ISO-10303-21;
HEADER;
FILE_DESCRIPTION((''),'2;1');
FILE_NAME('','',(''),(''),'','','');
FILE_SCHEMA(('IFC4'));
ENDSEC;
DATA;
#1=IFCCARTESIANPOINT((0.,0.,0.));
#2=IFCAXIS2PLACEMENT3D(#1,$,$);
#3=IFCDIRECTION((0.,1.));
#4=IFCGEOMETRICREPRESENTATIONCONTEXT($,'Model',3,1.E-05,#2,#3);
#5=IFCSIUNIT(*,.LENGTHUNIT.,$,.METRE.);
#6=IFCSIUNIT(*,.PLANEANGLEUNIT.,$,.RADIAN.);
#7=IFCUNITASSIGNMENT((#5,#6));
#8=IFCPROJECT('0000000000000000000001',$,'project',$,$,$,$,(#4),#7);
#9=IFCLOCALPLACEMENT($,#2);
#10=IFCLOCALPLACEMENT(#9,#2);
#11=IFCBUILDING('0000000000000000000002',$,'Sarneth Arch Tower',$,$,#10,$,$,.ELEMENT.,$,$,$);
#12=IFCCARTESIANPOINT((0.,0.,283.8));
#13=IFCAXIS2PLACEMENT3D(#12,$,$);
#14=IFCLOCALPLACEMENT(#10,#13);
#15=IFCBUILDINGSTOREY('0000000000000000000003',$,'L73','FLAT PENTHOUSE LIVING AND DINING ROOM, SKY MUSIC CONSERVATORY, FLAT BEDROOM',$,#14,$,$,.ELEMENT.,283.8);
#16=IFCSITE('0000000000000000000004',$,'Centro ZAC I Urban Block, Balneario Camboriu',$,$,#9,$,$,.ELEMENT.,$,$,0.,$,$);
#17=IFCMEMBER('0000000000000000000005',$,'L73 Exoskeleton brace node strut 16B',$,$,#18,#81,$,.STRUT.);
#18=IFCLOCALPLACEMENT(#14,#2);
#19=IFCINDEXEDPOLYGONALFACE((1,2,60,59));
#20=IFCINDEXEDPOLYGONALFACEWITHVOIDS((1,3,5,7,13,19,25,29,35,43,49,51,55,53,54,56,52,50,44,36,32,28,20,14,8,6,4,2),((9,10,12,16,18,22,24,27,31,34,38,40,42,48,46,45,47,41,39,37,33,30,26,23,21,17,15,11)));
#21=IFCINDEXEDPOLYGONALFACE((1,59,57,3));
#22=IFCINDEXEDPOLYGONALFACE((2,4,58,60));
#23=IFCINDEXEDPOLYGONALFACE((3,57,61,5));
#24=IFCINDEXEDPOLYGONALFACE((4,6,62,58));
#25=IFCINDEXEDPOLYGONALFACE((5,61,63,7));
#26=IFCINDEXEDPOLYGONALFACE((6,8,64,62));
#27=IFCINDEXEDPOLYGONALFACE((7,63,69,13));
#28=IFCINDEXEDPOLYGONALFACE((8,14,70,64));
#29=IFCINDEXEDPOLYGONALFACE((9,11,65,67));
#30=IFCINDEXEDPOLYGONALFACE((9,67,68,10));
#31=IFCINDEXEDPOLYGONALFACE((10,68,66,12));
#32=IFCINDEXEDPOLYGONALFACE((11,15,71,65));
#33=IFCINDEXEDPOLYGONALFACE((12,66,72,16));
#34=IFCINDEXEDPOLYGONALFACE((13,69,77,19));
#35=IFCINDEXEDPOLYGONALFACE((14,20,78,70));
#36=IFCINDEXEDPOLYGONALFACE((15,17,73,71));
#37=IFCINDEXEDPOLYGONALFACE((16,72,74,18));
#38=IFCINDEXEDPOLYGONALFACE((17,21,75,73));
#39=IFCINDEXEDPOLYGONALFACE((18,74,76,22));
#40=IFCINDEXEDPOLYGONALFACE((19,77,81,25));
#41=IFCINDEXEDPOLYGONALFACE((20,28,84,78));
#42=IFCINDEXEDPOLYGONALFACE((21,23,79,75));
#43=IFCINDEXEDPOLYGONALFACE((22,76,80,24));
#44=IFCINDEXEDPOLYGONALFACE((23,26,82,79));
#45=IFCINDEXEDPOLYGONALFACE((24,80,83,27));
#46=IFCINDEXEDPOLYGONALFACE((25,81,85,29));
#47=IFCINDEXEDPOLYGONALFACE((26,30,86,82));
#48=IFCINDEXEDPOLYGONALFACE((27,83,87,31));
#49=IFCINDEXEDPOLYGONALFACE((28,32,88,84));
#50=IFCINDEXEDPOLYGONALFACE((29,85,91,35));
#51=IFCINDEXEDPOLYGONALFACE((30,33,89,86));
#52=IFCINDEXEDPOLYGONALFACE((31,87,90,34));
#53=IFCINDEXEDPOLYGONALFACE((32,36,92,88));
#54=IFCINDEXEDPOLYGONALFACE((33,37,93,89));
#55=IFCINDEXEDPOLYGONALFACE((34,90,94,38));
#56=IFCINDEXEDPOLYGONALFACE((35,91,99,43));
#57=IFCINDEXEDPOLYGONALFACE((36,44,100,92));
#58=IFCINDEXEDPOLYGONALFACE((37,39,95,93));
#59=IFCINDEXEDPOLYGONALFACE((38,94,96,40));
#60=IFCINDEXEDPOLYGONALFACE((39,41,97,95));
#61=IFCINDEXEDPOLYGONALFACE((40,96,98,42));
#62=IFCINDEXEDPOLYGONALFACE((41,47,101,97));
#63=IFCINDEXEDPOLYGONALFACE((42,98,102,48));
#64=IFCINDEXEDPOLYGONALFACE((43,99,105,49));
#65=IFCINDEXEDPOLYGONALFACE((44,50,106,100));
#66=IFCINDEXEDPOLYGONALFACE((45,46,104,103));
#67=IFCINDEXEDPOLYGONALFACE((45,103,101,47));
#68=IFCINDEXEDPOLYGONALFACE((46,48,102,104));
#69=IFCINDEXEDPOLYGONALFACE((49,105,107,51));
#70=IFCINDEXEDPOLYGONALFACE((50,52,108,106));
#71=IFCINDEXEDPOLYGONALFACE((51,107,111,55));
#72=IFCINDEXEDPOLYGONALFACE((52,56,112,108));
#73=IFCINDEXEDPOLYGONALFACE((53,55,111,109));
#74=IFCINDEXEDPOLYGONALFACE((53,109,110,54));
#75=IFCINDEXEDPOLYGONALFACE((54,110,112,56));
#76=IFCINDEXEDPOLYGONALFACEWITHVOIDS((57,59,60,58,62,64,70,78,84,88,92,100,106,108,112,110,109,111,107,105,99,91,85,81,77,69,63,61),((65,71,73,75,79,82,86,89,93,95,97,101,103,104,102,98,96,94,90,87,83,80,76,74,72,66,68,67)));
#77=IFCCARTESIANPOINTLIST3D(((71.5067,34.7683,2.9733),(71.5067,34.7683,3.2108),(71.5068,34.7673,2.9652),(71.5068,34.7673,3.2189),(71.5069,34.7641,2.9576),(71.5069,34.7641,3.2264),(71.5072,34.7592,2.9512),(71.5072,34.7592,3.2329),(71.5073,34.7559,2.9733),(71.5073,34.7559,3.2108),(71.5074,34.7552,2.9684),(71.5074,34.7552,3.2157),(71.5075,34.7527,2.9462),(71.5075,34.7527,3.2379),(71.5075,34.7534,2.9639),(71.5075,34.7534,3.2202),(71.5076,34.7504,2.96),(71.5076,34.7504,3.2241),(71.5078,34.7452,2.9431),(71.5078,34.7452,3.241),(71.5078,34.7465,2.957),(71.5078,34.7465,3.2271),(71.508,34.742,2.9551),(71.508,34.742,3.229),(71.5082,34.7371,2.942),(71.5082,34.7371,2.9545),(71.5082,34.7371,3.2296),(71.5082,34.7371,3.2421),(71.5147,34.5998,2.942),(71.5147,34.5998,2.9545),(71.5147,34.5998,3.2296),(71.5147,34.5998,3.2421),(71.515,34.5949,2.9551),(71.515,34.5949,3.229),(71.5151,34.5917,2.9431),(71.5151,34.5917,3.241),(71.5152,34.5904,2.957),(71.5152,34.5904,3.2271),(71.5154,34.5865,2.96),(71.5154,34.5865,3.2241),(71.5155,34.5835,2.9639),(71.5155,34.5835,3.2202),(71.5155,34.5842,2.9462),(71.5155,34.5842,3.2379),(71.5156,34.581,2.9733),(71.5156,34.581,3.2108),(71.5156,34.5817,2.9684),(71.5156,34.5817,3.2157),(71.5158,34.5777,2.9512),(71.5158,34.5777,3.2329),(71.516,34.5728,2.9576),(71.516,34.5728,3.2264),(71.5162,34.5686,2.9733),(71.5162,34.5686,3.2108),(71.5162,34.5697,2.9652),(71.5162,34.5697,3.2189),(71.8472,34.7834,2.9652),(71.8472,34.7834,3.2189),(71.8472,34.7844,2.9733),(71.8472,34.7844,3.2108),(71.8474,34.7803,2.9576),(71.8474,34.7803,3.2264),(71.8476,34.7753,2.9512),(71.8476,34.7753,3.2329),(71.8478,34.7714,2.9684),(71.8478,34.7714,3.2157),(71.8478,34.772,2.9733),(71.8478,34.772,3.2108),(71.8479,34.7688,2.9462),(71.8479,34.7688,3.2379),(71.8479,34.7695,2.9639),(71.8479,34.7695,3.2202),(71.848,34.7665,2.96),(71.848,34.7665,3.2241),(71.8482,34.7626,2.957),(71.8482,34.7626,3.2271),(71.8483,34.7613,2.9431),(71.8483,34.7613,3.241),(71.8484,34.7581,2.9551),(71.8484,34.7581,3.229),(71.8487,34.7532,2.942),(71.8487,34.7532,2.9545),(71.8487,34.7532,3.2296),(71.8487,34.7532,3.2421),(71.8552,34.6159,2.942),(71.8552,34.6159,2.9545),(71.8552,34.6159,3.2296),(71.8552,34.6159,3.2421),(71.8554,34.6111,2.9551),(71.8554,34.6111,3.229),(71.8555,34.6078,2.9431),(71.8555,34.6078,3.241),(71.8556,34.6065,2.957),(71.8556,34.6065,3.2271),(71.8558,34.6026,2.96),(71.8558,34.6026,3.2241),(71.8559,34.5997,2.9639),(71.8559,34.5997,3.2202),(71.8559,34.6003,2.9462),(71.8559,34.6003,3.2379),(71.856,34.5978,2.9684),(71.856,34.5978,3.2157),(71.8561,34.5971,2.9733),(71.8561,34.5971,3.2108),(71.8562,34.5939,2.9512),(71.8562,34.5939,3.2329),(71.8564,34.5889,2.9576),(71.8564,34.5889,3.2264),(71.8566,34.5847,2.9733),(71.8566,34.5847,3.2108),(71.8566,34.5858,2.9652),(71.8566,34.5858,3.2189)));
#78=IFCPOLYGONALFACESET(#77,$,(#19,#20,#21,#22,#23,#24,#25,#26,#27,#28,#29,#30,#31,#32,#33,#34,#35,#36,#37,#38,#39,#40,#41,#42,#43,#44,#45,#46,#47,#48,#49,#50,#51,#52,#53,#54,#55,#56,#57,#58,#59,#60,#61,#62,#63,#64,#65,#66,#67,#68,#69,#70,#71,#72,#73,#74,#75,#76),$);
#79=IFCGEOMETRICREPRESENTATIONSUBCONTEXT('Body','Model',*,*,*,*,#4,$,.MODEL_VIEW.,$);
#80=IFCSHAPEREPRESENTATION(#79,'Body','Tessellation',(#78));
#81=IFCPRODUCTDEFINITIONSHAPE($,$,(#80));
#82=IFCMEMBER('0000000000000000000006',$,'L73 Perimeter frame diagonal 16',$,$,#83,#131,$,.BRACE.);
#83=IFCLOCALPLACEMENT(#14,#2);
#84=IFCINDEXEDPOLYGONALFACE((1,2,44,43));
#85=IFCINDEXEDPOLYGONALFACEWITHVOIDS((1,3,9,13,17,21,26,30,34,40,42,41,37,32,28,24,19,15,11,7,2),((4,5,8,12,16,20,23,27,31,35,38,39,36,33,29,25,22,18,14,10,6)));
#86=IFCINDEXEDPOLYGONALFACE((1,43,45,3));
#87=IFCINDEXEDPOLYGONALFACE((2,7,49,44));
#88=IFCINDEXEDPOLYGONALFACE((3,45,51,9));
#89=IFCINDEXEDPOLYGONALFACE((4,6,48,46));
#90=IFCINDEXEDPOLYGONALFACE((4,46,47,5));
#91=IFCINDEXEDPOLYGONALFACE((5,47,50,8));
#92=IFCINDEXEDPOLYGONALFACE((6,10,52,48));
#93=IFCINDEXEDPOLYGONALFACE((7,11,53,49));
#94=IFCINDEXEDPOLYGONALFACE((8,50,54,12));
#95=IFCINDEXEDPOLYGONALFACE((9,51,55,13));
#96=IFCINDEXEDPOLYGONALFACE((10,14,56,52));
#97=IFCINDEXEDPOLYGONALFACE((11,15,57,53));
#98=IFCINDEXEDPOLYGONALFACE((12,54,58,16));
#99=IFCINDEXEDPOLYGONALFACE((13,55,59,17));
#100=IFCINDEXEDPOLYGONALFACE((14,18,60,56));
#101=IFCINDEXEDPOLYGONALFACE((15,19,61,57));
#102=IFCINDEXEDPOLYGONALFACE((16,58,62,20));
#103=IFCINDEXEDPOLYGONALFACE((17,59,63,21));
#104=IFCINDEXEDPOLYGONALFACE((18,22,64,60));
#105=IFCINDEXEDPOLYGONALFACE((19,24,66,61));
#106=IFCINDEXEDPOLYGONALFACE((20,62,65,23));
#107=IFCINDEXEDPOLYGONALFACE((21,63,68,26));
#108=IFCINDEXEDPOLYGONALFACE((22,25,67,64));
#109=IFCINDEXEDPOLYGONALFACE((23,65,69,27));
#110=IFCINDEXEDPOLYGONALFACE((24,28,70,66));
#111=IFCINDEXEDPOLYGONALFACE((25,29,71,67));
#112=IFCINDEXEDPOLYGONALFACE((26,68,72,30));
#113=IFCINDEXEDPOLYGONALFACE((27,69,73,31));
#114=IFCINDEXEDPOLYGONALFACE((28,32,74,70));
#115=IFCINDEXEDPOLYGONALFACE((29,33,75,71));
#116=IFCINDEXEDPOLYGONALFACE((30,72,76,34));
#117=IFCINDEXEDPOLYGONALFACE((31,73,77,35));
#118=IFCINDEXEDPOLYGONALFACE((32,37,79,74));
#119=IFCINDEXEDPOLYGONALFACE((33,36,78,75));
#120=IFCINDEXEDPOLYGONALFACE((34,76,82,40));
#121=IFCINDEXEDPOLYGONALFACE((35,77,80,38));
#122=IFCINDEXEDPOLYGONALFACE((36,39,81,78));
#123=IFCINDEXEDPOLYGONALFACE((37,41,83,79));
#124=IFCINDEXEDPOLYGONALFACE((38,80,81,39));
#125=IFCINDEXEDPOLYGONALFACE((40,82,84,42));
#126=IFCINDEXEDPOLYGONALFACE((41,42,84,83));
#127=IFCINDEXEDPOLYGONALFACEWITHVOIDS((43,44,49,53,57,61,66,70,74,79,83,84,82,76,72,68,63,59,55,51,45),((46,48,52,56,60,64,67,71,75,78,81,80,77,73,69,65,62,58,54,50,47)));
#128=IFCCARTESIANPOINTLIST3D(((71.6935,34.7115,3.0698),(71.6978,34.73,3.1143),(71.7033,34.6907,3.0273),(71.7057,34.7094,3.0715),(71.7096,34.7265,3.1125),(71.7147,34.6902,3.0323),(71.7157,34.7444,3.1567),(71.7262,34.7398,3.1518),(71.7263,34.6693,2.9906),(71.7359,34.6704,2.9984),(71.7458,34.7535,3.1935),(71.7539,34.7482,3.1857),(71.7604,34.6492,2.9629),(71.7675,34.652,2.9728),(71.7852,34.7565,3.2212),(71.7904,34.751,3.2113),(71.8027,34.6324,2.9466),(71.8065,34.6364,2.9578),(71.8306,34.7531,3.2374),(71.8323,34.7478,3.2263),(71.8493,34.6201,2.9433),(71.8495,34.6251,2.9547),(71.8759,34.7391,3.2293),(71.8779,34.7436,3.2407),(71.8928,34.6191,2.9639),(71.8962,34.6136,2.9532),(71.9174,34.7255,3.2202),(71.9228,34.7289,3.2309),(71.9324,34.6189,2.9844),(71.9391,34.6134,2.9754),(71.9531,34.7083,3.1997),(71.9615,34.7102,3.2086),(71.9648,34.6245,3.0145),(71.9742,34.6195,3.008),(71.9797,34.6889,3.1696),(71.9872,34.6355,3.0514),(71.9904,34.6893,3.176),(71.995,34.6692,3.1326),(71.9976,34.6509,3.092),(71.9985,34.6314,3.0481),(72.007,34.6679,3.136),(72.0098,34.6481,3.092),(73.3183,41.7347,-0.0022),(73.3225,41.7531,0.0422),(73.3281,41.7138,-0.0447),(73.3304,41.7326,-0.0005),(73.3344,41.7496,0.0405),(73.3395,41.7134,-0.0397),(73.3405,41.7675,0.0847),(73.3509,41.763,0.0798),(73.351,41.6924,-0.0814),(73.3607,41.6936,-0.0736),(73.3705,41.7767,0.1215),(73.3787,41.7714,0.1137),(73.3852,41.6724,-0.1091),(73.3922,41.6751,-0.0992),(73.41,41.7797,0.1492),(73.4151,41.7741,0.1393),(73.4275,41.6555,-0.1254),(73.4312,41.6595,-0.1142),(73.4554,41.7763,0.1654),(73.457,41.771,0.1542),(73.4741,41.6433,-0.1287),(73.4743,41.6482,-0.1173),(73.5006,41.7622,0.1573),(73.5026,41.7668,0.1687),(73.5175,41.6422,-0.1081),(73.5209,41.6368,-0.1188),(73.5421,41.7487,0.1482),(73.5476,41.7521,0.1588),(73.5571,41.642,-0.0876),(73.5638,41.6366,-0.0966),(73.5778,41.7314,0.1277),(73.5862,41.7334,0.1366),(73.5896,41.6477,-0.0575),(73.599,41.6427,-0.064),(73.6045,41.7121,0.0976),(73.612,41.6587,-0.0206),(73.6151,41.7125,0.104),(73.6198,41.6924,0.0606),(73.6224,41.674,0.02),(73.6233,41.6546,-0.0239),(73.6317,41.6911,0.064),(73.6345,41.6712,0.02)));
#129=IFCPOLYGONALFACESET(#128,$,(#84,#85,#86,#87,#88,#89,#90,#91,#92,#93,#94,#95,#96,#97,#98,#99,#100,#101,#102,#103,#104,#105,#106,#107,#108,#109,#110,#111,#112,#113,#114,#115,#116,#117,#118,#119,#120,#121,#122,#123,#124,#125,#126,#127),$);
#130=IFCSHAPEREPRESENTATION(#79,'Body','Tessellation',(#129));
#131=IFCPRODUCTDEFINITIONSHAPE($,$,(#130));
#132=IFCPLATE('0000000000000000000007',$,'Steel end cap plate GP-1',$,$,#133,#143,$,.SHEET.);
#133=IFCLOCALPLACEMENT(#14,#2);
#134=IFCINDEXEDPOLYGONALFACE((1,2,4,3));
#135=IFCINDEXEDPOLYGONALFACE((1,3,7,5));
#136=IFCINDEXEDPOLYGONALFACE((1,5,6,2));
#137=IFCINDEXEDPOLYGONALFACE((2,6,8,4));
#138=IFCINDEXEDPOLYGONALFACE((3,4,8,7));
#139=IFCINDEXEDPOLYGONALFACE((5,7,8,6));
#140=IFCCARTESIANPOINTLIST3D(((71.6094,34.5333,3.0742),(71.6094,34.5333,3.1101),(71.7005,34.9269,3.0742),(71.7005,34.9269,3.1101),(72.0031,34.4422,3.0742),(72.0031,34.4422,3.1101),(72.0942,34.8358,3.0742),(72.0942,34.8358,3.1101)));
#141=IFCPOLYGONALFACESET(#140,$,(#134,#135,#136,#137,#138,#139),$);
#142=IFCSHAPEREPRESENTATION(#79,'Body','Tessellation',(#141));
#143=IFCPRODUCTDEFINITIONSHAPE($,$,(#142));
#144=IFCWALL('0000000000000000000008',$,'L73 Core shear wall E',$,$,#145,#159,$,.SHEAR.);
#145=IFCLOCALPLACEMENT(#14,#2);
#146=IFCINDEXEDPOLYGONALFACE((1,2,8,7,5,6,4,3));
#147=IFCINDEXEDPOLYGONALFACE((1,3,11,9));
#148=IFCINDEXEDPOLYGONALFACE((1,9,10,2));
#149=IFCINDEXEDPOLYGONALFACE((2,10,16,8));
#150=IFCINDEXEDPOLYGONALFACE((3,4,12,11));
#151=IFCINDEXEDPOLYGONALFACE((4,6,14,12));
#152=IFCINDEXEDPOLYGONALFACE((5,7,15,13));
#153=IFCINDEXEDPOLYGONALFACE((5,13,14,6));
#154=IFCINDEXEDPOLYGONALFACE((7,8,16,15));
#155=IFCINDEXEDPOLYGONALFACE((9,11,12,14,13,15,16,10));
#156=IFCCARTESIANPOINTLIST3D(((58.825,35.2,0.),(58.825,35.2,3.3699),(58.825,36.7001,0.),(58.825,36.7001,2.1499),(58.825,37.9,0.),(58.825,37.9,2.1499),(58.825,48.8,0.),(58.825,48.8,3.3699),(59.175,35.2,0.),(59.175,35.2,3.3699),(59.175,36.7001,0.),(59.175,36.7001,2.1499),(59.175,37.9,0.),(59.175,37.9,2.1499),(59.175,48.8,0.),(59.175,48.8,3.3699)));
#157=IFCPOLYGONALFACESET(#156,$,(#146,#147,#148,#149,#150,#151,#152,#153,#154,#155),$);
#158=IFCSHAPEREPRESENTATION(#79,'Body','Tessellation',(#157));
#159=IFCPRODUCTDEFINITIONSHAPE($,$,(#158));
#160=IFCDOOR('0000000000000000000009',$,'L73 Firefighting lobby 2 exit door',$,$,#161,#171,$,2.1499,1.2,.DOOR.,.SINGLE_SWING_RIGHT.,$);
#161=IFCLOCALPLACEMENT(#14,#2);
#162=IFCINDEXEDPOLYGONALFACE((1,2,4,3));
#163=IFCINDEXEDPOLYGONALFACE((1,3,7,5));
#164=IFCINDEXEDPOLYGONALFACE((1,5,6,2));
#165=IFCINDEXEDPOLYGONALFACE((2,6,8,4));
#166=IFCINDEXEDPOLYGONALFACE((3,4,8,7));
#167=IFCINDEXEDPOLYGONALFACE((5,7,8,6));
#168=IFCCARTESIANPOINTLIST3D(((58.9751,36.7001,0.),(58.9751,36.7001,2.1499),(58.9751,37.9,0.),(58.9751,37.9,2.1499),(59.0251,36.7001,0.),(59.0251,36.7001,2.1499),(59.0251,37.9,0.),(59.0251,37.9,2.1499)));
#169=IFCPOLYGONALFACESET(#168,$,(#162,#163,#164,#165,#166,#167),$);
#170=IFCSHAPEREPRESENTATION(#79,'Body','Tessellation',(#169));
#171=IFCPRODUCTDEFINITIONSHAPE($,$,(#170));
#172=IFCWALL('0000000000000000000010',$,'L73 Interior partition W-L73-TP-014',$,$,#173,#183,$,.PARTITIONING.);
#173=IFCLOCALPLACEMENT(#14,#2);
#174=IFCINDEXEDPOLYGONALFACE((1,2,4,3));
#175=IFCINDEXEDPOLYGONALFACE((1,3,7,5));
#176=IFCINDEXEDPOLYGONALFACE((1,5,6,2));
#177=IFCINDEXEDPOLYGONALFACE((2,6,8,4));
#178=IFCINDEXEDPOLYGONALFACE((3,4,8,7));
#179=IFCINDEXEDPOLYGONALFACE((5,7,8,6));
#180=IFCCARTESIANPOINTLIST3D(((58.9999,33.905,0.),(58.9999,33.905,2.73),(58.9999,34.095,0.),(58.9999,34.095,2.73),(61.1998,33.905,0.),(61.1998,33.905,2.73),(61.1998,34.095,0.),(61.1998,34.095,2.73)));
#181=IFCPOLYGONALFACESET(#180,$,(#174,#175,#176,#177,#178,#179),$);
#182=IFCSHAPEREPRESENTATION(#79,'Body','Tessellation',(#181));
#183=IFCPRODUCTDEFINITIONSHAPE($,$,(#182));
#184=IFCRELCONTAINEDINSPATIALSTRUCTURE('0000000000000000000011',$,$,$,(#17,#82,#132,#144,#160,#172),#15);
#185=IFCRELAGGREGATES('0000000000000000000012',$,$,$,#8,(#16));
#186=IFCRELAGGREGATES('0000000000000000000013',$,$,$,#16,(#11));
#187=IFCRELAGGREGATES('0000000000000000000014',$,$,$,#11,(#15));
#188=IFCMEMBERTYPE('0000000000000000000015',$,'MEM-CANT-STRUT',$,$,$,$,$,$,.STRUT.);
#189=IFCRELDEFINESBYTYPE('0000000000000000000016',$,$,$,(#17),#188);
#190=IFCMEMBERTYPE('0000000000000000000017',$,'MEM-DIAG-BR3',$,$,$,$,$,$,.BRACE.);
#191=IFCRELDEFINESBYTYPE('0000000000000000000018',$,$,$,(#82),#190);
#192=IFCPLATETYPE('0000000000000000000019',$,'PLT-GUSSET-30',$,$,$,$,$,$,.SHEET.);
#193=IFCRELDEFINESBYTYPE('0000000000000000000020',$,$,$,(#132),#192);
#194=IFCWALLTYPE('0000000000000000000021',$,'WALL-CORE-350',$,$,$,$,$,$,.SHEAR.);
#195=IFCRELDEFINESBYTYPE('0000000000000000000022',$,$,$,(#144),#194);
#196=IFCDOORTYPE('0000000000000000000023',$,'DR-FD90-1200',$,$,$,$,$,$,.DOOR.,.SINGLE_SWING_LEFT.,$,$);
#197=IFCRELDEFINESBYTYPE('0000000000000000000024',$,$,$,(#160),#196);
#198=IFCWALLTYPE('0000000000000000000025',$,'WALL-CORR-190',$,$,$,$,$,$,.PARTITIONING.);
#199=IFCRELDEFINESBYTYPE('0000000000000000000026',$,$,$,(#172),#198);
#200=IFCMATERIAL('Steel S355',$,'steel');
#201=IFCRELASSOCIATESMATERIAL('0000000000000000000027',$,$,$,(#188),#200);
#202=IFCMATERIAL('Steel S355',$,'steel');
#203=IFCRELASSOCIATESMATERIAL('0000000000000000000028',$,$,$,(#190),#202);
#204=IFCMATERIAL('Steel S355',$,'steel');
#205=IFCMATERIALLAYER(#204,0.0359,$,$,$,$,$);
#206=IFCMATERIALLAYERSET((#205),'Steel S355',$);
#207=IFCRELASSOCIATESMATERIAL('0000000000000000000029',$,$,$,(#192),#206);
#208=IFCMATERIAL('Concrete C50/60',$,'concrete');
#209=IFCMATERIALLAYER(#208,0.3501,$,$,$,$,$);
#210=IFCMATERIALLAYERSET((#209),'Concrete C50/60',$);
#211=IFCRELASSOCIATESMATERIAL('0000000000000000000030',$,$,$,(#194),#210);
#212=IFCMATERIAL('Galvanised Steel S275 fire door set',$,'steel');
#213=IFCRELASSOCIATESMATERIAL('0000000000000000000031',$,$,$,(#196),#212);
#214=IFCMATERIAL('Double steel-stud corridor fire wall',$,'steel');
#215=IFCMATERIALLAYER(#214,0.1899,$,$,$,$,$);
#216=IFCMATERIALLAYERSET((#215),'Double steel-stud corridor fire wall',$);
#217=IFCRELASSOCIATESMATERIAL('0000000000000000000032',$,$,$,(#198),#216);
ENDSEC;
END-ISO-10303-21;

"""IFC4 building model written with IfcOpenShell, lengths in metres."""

from ifc_helpers import new_model, si_unit, direction, frame, frame_2d, origin, origin_2d, place, context, subcontext, project, spatial, rectangle, hollow_rectangle, hollow_circle, extrude, material, layer, layer_set, material_profile, profile_set, type_object, element, fill, save


model = new_model("IFC4")

# Units and contexts
model_context = context("Model", 3, precision=1e-05, world=origin(), true_north=direction((0.0, 1.0)))
body_context = subcontext(model_context, "Body", "Model", "MODEL_VIEW")
ifc_project = project(units=[si_unit("LENGTHUNIT", "METRE"), si_unit("PLANEANGLEUNIT", "RADIAN")], contexts=[model_context])

# Site, building, storey
site_placement = place(None, origin())
site = spatial("IfcSite", under=ifc_project, at=site_placement, Name="Centro ZAC I Urban Block, Balneario Camboriu", CompositionType="ELEMENT", RefElevation=0.0)
building_placement = place(site_placement, origin())
building = spatial("IfcBuilding", under=site, at=building_placement, Name="Sarneth Arch Tower", CompositionType="ELEMENT")
storey_placement = place(building_placement, frame((0.0, 0.0, 283.8)))
storey = spatial("IfcBuildingStorey", under=building, at=storey_placement, Name="L73", Description="FLAT PENTHOUSE LIVING AND DINING ROOM, SKY MUSIC CONSERVATORY, FLAT BEDROOM", CompositionType="ELEMENT", Elevation=283.8)

# Members
ifc_material_1 = material(Name="Steel S355", Category="steel")
ifc_material_profile_1 = material_profile(ifc_material_1, hollow_rectangle(XDim=0.2, YDim=0.3, WallThickness=0.0125, InnerFilletRadius=0.0188, OuterFilletRadius=0.0312, at=origin_2d()), Name="RHS300x200x12.5")
ifc_profile_set_1 = profile_set([ifc_material_profile_1], Name="Steel S355")
member_type_1 = type_object("IfcMemberType", Name="MEM-CANT-STRUT", PredefinedType="STRUT", material=ifc_profile_set_1)
member_1_placement = place(storey_placement, frame((71.5115, 34.6685, 3.092), z_axis=(0.998881, 0.047293, 0.0), x_axis=(-0.047293, 0.998881, 0.0)))
element("IfcMember", 1, at=member_1_placement, inside=storey, type_object=member_type_1, Name="L73 Exoskeleton brace node strut 16B", PredefinedType="STRUT", context=body_context, shape_type="SweptSolid", body=[
    extrude(hollow_rectangle(XDim=0.2, YDim=0.3, WallThickness=0.0125, InnerFilletRadius=0.0188, OuterFilletRadius=0.0312, at=origin_2d()), origin(), (0.0, 0.0, 1.0), 0.3408),
])
ifc_material_2 = material(Name="Steel S355", Category="steel")
ifc_material_profile_2 = material_profile(ifc_material_2, hollow_circle(Radius=0.1621, WallThickness=0.0125, at=origin_2d()), Name="CHS324x12.5")
ifc_profile_set_2 = profile_set([ifc_material_profile_2], Name="Steel S355")
member_type_2 = type_object("IfcMemberType", Name="MEM-DIAG-BR3", PredefinedType="BRACE", material=ifc_profile_set_2)
member_2_placement = place(storey_placement, frame((73.4766, 41.7078, 0.02), z_axis=(-0.207346, -0.896276, 0.392041), x_axis=(0.974269, -0.225389, 0.0)))
element("IfcMember", 2, at=member_2_placement, inside=storey, type_object=member_type_2, Name="L73 Perimeter frame diagonal 16", PredefinedType="BRACE", context=body_context, shape_type="SweptSolid", body=[
    extrude(hollow_circle(Radius=0.1621, WallThickness=0.0125, at=origin_2d()), origin(), (0.0, 0.0, 1.0), 7.8359),
])

# Plate
ifc_material_3 = material(Name="Steel S355", Category="steel")
ifc_layer_1 = layer(ifc_material_3, 0.0359)
ifc_layer_set_1 = layer_set([ifc_layer_1], Name="Steel S355")
plate_type = type_object("IfcPlateType", Name="PLT-GUSSET-30", PredefinedType="SHEET", material=ifc_layer_set_1)
plate_placement = place(storey_placement, frame((71.8518, 34.6846, 3.0742), z_axis=(0.0, 0.0, 1.0), x_axis=(0.225461, 0.974252, 0.0)))
element("IfcPlate", 3, at=plate_placement, inside=storey, type_object=plate_type, Name="Steel end cap plate GP-1", PredefinedType="SHEET", context=body_context, shape_type="SweptSolid", body=[
    extrude(rectangle(XDim=0.4041, YDim=0.4041, at=origin_2d()), origin(), (0.0, 0.0, 1.0), 0.0359),
])

# Wall, opening, door
ifc_material_4 = material(Name="Concrete C50/60", Category="concrete")
ifc_layer_2 = layer(ifc_material_4, 0.3501)
ifc_layer_set_2 = layer_set([ifc_layer_2], Name="Concrete C50/60")
wall_type_1 = type_object("IfcWallType", Name="WALL-CORE-350", PredefinedType="SHEAR", material=ifc_layer_set_2)
wall_1_placement = place(storey_placement, frame((59.0, 35.2, 0.0), z_axis=(0.0, 0.0, 1.0), x_axis=(0.0, 1.0, 0.0)))
wall_1 = element("IfcWall", 4, at=wall_1_placement, inside=storey, type_object=wall_type_1, Name="L73 Core shear wall E", PredefinedType="SHEAR", context=body_context, shape_type="SweptSolid", body=[
    extrude(rectangle(XDim=13.6001, YDim=0.3501, at=frame_2d((6.8, 0.0))), origin(), (0.0, 0.0, 1.0), 3.3699),
])
opening_1_placement = place(wall_1_placement, frame((1.5, 0.0, 0.0)))
opening_1 = element("IfcOpeningElement", 5, at=opening_1_placement, cuts=wall_1, PredefinedType="OPENING", context=body_context, shape_type="SweptSolid", body=[
    extrude(rectangle(XDim=1.2, YDim=2.1499, at=frame_2d((0.6001, 1.075))), frame((0.0, 0.1851, 0.0), z_axis=(0.0, -1.0, 0.0), x_axis=(1.0, 0.0, 0.0)), (0.0, 0.0, 1.0), 0.3701),
])
ifc_material_5 = material(Name="Galvanised Steel S275 fire door set", Category="steel")
door_type_1 = type_object("IfcDoorType", Name="DR-FD90-1200", OperationType="SINGLE_SWING_LEFT", PredefinedType="DOOR", material=ifc_material_5)
door_1_placement = place(opening_1_placement, origin())
door_1 = element("IfcDoor", 6, at=door_1_placement, inside=storey, type_object=door_type_1, Name="L73 Firefighting lobby 2 exit door", OperationType="SINGLE_SWING_RIGHT", OverallHeight=2.1499, OverallWidth=1.2, PredefinedType="DOOR", context=body_context, shape_type="SweptSolid", body=[
    extrude(rectangle(XDim=1.2, YDim=2.1499, at=frame_2d((0.6001, 1.075))), frame((0.0, 0.0249, 0.0), z_axis=(0.0, -1.0, 0.0), x_axis=(1.0, 0.0, 0.0)), (0.0, 0.0, 1.0), 0.05),
])
fill(opening_1, door_1)

# Wall
ifc_material_6 = material(Name="Double steel-stud corridor fire wall", Category="steel")
ifc_layer_3 = layer(ifc_material_6, 0.1899)
ifc_layer_set_3 = layer_set([ifc_layer_3], Name="Double steel-stud corridor fire wall")
wall_type_2 = type_object("IfcWallType", Name="WALL-CORR-190", PredefinedType="PARTITIONING", material=ifc_layer_set_3)
wall_2_placement = place(storey_placement, frame((61.2, 34.0, 0.0), z_axis=(0.0, 0.0, 1.0), x_axis=(-1.0, 0.0, 0.0)))
element("IfcWall", 7, at=wall_2_placement, inside=storey, type_object=wall_type_2, Name="L73 Interior partition W-L73-TP-014", PredefinedType="PARTITIONING", context=body_context, shape_type="SweptSolid", body=[
    extrude(rectangle(XDim=2.2, YDim=0.1899, at=frame_2d((1.1001, 0.0))), origin(), (0.0, 0.0, 1.0), 2.73),
])

save(model, "model.ifc")
